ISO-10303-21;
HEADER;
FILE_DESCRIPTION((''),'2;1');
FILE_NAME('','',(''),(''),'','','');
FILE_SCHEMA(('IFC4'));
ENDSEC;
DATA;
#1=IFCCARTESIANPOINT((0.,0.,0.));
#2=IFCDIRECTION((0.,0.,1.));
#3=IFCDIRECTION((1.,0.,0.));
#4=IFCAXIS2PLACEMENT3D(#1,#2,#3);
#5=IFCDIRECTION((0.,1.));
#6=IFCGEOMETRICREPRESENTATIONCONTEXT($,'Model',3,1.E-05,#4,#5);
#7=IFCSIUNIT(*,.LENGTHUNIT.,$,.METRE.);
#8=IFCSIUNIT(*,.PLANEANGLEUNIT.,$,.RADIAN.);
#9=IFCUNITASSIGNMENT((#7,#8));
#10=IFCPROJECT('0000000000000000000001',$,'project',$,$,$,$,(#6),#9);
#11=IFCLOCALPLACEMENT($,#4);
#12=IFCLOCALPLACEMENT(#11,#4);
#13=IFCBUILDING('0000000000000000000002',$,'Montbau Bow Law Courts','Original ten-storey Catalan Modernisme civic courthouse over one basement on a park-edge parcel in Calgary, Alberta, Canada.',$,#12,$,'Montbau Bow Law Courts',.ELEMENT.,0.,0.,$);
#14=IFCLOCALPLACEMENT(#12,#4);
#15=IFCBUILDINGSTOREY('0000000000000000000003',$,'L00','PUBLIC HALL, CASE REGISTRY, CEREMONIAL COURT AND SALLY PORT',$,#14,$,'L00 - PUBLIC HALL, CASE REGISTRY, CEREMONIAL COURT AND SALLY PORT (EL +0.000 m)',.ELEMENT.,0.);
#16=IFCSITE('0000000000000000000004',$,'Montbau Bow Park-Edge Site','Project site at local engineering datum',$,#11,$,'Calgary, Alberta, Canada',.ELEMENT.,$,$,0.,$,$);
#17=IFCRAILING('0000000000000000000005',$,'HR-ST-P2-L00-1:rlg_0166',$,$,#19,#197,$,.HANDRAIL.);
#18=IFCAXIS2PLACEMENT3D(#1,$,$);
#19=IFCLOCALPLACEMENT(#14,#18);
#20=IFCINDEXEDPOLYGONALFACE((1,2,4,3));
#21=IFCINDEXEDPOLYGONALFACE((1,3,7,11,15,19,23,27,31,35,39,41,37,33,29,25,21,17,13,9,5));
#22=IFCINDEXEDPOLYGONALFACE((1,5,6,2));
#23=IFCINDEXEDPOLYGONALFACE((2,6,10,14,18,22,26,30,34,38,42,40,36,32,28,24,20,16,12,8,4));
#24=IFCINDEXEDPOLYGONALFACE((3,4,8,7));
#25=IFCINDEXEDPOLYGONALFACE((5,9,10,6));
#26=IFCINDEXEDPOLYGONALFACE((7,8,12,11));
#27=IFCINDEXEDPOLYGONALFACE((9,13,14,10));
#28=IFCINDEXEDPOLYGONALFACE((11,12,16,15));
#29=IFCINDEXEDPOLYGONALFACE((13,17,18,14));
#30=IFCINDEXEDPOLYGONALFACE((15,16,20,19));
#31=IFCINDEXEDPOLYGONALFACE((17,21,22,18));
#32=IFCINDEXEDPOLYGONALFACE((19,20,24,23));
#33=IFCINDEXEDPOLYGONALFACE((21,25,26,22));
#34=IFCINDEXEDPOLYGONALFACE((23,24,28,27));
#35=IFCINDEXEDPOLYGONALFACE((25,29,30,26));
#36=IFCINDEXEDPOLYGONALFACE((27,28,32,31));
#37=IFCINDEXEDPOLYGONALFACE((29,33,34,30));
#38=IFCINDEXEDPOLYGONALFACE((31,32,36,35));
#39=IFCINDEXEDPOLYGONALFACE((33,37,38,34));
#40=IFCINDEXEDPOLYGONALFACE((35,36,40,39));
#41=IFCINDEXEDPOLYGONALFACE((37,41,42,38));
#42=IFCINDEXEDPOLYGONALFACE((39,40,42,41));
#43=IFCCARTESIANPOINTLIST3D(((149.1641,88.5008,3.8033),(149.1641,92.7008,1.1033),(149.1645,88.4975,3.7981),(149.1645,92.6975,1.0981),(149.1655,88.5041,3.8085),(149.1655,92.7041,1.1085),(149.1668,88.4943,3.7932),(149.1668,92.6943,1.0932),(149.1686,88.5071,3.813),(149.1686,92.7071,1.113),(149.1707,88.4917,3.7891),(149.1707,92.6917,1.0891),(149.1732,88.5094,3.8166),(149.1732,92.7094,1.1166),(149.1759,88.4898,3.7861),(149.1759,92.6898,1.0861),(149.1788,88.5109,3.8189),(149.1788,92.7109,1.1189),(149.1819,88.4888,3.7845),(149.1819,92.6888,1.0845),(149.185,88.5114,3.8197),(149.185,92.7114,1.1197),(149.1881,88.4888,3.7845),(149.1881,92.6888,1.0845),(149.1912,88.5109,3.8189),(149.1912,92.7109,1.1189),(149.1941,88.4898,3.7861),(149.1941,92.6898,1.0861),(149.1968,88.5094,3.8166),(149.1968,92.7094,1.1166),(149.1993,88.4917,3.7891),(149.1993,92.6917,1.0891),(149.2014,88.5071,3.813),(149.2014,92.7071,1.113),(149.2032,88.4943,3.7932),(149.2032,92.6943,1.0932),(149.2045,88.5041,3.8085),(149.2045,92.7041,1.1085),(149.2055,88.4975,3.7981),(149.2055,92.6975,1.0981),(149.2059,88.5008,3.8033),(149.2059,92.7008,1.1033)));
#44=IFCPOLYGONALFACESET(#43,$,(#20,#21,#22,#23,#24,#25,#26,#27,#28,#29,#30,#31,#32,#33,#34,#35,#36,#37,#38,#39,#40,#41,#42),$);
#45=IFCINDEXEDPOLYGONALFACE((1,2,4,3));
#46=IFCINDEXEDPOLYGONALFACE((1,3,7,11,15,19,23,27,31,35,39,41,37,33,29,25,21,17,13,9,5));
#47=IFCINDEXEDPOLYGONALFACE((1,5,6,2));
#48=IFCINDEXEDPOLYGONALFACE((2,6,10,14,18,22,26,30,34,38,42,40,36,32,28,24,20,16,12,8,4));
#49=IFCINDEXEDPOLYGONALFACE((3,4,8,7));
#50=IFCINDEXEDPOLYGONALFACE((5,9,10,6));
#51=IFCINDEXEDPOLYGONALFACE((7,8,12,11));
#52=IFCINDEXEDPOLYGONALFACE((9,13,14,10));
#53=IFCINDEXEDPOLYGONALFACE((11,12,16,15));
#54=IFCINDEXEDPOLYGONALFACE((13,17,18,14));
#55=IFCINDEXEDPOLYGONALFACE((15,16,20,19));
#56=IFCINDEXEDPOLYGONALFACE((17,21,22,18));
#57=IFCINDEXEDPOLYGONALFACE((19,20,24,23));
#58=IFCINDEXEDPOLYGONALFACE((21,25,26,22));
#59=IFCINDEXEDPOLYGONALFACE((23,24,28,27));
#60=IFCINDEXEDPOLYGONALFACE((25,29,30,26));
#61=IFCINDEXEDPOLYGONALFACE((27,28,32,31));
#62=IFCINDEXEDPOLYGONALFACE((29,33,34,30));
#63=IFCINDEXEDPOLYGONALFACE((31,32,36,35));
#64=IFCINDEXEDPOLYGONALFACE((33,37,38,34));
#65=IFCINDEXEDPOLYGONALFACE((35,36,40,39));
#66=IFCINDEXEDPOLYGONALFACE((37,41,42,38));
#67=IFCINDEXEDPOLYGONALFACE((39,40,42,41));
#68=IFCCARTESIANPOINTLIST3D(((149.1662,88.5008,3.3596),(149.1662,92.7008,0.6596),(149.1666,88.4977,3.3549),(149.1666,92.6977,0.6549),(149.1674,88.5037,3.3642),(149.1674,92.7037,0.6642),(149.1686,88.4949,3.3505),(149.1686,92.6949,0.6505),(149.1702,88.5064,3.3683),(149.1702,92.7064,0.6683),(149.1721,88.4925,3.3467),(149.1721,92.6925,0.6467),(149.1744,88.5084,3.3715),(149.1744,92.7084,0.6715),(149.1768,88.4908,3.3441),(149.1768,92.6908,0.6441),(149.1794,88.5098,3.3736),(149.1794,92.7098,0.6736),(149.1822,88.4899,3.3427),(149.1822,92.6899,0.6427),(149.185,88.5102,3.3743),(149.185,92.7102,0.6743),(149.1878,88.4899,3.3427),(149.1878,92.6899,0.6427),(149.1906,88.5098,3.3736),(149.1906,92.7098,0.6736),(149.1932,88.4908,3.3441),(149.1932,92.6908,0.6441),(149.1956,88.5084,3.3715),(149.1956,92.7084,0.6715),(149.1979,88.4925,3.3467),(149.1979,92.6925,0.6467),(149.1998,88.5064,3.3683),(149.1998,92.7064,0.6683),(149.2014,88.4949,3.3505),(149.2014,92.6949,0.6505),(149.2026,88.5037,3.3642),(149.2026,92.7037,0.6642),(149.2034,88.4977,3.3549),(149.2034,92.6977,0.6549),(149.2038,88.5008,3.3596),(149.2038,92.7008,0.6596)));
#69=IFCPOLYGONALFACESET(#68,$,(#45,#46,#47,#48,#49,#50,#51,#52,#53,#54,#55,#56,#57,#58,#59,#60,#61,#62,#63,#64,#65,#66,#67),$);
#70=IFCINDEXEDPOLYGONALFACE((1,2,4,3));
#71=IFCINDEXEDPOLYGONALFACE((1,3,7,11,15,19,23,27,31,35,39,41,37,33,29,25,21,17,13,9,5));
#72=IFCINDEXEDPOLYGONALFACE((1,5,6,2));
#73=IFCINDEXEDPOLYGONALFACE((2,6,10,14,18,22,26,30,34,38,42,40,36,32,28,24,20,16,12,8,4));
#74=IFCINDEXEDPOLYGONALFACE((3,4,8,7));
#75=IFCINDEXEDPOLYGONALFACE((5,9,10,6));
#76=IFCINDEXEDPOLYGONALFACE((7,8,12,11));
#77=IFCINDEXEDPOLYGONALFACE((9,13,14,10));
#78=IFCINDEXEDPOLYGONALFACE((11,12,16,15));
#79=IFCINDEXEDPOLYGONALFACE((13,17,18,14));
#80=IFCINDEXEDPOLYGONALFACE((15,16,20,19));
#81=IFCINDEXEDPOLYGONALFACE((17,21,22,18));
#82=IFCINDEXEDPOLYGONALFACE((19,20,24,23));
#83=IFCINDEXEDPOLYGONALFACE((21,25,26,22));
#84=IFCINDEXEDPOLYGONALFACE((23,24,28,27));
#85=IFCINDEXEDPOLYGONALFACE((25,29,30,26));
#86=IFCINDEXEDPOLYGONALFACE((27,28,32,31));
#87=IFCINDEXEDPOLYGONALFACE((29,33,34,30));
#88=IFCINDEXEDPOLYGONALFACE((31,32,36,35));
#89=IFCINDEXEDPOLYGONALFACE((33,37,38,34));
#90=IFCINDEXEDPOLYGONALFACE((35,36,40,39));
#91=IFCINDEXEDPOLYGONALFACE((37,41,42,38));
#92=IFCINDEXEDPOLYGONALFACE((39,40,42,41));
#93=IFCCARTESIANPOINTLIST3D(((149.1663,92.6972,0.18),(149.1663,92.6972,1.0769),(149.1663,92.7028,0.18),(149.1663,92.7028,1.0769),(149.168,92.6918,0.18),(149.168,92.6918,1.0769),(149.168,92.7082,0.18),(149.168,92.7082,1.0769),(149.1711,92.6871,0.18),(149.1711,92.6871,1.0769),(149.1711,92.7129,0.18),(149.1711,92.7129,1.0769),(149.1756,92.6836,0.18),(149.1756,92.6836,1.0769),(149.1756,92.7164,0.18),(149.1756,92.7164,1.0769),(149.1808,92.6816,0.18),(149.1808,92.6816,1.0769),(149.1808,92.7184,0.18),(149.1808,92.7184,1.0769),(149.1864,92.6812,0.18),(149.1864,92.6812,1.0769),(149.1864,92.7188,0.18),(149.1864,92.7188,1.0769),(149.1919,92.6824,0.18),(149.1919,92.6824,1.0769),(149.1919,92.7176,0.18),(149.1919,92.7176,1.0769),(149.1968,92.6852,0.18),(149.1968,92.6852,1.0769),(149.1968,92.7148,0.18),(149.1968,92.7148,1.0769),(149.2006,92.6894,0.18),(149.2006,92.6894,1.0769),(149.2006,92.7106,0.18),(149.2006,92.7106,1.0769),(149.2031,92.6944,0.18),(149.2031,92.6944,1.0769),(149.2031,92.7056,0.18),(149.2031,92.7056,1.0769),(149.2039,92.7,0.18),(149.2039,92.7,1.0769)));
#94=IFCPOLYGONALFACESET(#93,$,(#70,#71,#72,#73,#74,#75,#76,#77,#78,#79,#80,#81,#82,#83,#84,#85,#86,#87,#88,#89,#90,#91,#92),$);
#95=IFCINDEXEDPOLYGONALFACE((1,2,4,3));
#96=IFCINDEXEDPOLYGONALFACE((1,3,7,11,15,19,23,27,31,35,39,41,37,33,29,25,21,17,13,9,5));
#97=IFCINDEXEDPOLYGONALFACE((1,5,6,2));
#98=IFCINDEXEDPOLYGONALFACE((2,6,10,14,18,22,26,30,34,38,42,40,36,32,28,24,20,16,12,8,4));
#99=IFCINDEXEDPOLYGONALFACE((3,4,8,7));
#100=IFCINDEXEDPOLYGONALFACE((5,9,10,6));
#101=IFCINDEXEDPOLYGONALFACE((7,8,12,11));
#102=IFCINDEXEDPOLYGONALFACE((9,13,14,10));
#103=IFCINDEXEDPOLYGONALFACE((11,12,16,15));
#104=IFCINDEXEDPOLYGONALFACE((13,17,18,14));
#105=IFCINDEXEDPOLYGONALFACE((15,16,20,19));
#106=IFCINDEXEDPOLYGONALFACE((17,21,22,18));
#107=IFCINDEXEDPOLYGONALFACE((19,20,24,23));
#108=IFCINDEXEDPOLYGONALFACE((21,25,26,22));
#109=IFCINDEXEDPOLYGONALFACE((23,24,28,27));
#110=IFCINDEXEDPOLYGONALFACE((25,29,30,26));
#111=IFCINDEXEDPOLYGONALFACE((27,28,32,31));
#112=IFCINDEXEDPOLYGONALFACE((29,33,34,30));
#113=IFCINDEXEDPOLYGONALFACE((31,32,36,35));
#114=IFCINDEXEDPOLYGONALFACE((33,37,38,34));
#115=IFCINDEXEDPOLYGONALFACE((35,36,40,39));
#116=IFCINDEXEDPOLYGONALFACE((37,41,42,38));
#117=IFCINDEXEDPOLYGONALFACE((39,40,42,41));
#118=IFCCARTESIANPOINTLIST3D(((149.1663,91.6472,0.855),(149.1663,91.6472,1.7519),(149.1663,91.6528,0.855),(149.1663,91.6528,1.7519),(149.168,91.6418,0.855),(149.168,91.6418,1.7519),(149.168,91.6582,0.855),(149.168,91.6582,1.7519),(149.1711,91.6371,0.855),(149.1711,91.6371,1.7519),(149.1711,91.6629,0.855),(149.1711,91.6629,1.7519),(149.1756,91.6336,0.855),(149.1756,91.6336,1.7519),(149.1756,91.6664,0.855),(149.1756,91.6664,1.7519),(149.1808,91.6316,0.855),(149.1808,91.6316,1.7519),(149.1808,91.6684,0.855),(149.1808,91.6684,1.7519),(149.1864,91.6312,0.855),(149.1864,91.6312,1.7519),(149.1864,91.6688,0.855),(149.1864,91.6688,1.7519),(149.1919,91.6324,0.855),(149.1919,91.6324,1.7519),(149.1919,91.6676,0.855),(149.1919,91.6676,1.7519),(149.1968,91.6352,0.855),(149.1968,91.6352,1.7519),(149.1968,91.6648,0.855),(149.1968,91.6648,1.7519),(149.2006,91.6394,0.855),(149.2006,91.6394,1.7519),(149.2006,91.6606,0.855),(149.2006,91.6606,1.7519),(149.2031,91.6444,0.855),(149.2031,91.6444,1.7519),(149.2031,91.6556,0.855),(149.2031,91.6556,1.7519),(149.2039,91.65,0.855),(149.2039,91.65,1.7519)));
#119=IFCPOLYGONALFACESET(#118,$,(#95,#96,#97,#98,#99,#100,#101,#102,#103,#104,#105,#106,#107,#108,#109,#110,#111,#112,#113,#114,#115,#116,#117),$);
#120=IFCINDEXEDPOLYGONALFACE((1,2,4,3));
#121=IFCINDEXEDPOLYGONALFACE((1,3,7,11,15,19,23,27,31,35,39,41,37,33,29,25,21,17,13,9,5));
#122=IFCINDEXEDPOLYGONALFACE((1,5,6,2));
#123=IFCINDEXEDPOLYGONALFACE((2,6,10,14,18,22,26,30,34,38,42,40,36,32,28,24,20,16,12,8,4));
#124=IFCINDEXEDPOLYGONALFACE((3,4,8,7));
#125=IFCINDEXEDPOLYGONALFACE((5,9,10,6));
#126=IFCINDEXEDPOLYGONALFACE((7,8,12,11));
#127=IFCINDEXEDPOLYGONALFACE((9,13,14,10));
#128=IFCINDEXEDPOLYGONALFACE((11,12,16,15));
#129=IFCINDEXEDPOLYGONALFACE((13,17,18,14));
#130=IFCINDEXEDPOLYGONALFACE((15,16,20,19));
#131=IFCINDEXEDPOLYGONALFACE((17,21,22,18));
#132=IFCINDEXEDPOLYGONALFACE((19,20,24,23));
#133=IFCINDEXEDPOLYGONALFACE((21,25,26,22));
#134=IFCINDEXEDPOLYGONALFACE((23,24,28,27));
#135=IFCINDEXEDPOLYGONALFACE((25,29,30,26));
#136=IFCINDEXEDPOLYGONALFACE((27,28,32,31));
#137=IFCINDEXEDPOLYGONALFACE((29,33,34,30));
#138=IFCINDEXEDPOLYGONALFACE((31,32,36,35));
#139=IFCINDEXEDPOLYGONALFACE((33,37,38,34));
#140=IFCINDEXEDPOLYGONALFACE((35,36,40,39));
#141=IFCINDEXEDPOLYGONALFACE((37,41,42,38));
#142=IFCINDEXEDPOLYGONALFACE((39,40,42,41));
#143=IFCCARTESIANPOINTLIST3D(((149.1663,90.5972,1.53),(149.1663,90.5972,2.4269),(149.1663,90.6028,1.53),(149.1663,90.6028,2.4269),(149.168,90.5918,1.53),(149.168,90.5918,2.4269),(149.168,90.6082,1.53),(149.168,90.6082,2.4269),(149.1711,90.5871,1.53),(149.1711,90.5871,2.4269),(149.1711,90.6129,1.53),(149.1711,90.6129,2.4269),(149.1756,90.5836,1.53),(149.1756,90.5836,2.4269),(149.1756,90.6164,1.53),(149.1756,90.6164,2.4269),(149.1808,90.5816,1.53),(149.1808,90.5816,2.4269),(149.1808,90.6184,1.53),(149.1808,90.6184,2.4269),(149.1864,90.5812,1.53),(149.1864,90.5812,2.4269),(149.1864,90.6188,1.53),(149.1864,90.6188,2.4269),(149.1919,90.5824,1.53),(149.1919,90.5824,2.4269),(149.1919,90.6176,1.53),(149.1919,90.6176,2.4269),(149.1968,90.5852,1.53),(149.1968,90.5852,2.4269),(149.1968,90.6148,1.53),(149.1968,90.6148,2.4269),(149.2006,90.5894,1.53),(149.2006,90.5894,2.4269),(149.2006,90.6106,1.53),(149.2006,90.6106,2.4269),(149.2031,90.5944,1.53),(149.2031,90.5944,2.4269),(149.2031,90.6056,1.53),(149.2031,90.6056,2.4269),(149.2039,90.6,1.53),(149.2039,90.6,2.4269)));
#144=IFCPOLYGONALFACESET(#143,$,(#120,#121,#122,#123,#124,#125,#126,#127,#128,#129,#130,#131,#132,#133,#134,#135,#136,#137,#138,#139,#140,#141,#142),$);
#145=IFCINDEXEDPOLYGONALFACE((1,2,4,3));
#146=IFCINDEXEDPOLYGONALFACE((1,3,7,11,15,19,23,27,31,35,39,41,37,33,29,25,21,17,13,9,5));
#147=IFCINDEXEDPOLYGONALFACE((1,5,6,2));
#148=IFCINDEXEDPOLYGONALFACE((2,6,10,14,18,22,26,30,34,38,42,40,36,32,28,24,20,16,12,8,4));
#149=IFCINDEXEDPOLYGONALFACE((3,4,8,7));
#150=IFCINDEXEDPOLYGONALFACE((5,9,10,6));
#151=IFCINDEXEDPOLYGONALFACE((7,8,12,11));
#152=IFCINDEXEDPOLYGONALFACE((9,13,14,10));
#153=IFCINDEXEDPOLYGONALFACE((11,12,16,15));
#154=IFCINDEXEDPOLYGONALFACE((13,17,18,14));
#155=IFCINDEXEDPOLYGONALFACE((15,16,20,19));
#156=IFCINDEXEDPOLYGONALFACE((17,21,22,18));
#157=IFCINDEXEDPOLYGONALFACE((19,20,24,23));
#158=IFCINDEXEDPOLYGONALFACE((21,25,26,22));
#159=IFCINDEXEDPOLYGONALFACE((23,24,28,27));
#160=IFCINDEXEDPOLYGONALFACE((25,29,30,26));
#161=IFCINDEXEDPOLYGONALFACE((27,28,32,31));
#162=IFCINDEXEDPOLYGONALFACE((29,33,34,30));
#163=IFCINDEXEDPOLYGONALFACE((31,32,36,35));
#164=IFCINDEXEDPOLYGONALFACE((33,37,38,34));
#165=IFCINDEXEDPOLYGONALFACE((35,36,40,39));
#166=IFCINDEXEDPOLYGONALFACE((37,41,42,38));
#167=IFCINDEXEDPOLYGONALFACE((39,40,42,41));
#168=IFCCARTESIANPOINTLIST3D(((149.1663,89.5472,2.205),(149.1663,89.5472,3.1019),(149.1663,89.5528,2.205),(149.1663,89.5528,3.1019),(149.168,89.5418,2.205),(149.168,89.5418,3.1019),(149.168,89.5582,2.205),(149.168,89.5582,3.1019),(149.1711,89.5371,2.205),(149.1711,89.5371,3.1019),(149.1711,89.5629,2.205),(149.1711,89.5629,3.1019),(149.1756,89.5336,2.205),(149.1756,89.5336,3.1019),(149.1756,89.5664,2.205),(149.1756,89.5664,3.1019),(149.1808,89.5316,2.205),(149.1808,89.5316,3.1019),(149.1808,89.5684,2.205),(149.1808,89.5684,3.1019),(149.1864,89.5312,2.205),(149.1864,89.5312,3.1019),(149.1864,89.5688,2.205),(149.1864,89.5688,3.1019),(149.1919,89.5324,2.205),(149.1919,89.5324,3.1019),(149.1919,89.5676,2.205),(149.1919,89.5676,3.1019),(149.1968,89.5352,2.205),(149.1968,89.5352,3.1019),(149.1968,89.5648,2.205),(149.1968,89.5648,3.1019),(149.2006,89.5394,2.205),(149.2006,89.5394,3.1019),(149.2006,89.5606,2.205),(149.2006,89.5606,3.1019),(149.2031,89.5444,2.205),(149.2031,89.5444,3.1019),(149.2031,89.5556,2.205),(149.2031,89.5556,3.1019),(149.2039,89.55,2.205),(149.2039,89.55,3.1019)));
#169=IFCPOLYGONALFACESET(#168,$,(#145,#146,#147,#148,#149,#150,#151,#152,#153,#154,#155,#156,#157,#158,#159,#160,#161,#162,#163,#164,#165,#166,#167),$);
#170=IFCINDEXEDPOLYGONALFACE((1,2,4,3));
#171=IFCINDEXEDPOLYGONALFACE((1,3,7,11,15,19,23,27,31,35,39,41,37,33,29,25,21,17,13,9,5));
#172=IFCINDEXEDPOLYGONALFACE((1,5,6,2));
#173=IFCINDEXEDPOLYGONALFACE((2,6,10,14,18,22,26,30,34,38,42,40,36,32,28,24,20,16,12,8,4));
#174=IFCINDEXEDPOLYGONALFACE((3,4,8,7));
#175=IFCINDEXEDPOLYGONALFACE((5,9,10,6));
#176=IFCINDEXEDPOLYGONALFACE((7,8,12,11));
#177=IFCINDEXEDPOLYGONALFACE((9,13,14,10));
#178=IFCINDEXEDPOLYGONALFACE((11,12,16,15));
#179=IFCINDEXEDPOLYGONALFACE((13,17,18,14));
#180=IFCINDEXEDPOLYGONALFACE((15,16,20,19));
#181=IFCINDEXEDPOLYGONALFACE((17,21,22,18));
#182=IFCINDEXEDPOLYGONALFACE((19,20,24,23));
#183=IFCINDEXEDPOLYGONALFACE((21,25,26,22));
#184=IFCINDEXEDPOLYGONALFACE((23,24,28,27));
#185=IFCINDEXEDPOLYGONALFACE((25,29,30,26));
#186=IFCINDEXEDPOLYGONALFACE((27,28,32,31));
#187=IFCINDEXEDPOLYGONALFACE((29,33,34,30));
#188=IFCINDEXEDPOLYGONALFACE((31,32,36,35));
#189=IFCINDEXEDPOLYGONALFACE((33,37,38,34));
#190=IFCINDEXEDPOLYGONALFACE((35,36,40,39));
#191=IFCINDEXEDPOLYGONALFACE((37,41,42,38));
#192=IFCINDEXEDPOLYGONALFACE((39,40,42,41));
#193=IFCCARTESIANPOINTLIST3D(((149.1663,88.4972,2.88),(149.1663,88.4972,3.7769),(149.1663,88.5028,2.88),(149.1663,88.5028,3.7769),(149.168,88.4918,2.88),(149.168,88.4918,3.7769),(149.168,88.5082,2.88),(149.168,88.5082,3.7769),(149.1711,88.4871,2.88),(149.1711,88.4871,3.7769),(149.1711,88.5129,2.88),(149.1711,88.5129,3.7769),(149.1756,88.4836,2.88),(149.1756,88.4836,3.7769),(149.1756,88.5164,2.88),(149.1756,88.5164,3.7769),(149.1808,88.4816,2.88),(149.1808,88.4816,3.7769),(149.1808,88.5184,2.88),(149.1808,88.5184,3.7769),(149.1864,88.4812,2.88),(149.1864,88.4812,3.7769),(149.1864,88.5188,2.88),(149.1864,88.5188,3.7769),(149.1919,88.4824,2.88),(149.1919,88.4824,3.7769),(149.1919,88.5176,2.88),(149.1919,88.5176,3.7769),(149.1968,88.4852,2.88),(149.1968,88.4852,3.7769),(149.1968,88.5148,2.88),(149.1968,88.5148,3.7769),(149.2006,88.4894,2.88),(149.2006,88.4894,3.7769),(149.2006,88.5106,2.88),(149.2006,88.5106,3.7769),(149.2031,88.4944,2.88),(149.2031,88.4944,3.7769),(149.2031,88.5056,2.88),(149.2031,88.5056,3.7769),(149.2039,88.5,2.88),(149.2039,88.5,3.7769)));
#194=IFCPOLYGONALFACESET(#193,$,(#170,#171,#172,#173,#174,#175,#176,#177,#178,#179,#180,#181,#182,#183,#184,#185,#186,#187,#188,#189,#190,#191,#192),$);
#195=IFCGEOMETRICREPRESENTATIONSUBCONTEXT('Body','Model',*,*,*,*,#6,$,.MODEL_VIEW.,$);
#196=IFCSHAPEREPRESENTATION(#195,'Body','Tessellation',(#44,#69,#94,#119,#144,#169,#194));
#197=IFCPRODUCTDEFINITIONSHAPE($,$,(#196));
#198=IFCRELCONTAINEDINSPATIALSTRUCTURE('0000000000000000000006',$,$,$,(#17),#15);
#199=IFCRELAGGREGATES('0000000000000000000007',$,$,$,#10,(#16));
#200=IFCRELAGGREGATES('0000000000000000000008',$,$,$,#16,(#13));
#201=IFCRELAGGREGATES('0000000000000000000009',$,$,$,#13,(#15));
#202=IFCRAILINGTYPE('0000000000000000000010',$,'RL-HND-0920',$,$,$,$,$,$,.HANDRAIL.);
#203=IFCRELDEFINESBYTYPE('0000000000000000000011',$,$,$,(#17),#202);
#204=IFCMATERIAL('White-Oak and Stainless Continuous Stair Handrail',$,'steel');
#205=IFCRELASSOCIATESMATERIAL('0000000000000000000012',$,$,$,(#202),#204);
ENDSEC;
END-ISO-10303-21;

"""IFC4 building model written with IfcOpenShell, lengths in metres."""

from ifc_helpers import new_model, si_unit, direction, frame, origin_with_axes, origin_2d_with_axis, place, context, subcontext, project, spatial, circle, extrude, material, type_object, element, save


model = new_model("IFC4")

# Units and contexts
model_context = context("Model", 3, precision=1e-05, world=origin_with_axes(), true_north=direction((0.0, 1.0)))
body_context = subcontext(model_context, "Body", "Model", "MODEL_VIEW")
ifc_project = project(units=[si_unit("LENGTHUNIT", "METRE"), si_unit("PLANEANGLEUNIT", "RADIAN")], contexts=[model_context])

# Site, building, storey
site_placement = place(None, origin_with_axes())
site = spatial("IfcSite", under=ifc_project, at=site_placement, Name="Montbau Bow Park-Edge Site", Description="Project site at local engineering datum", LongName="Calgary, Alberta, Canada", CompositionType="ELEMENT", RefElevation=0.0)
building_placement = place(site_placement, origin_with_axes())
building = spatial("IfcBuilding", under=site, at=building_placement, Name="Montbau Bow Law Courts", Description="Original ten-storey Catalan Modernisme civic courthouse over one basement on a park-edge parcel in Calgary, Alberta, Canada.", LongName="Montbau Bow Law Courts", CompositionType="ELEMENT", ElevationOfRefHeight=0.0, ElevationOfTerrain=0.0)
storey_placement = place(building_placement, origin_with_axes())
storey = spatial("IfcBuildingStorey", under=building, at=storey_placement, Name="L00", Description="PUBLIC HALL, CASE REGISTRY, CEREMONIAL COURT AND SALLY PORT", LongName="L00 - PUBLIC HALL, CASE REGISTRY, CEREMONIAL COURT AND SALLY PORT (EL +0.000 m)", CompositionType="ELEMENT", Elevation=0.0)

# Railing
ifc_material_1 = material(Name="White-Oak and Stainless Continuous Stair Handrail", Category="steel")
railing_type_1 = type_object("IfcRailingType", Name="RL-HND-0920", PredefinedType="HANDRAIL", material=ifc_material_1)
railing_1_placement = place(None, origin_with_axes())
element("IfcRailing", 1, at=railing_1_placement, inside=storey, type_object=railing_type_1, Name="HR-ST-P2-L00-1:rlg_0166", PredefinedType="HANDRAIL", context=body_context, shape_type="SweptSolid", body=[
    extrude(circle(Radius=0.021, at=origin_2d_with_axis()), frame((149.185, 92.7, 1.102), z_axis=(0.0, -0.841178, 0.540758), x_axis=(0.0, 0.540758, 0.841178)), (0.0, 0.0, 1.0), 4.993),
    extrude(circle(Radius=0.0189, at=origin_2d_with_axis()), frame((149.185, 92.7, 0.6584), z_axis=(0.0, -0.841178, 0.540758), x_axis=(0.0, 0.540758, 0.841178)), (0.0, 0.0, 1.0), 4.993),
    extrude(circle(Radius=0.0189, at=origin_2d_with_axis()), frame((149.185, 92.7, 0.18), z_axis=(0.0, 0.0, 1.0), x_axis=(1.0, 0.0, 0.0)), (0.0, 0.0, 1.0), 0.8969),
    extrude(circle(Radius=0.0189, at=origin_2d_with_axis()), frame((149.185, 91.65, 0.855), z_axis=(0.0, 0.0, 1.0), x_axis=(1.0, 0.0, 0.0)), (0.0, 0.0, 1.0), 0.8969),
    extrude(circle(Radius=0.0189, at=origin_2d_with_axis()), frame((149.185, 90.6, 1.53), z_axis=(0.0, 0.0, 1.0), x_axis=(1.0, 0.0, 0.0)), (0.0, 0.0, 1.0), 0.8969),
    extrude(circle(Radius=0.0189, at=origin_2d_with_axis()), frame((149.185, 89.55, 2.205), z_axis=(0.0, 0.0, 1.0), x_axis=(1.0, 0.0, 0.0)), (0.0, 0.0, 1.0), 0.8969),
    extrude(circle(Radius=0.0189, at=origin_2d_with_axis()), frame((149.185, 88.5, 2.88), z_axis=(0.0, 0.0, 1.0), x_axis=(1.0, 0.0, 0.0)), (0.0, 0.0, 1.0), 0.8969),
])

save(model, "model.ifc")
